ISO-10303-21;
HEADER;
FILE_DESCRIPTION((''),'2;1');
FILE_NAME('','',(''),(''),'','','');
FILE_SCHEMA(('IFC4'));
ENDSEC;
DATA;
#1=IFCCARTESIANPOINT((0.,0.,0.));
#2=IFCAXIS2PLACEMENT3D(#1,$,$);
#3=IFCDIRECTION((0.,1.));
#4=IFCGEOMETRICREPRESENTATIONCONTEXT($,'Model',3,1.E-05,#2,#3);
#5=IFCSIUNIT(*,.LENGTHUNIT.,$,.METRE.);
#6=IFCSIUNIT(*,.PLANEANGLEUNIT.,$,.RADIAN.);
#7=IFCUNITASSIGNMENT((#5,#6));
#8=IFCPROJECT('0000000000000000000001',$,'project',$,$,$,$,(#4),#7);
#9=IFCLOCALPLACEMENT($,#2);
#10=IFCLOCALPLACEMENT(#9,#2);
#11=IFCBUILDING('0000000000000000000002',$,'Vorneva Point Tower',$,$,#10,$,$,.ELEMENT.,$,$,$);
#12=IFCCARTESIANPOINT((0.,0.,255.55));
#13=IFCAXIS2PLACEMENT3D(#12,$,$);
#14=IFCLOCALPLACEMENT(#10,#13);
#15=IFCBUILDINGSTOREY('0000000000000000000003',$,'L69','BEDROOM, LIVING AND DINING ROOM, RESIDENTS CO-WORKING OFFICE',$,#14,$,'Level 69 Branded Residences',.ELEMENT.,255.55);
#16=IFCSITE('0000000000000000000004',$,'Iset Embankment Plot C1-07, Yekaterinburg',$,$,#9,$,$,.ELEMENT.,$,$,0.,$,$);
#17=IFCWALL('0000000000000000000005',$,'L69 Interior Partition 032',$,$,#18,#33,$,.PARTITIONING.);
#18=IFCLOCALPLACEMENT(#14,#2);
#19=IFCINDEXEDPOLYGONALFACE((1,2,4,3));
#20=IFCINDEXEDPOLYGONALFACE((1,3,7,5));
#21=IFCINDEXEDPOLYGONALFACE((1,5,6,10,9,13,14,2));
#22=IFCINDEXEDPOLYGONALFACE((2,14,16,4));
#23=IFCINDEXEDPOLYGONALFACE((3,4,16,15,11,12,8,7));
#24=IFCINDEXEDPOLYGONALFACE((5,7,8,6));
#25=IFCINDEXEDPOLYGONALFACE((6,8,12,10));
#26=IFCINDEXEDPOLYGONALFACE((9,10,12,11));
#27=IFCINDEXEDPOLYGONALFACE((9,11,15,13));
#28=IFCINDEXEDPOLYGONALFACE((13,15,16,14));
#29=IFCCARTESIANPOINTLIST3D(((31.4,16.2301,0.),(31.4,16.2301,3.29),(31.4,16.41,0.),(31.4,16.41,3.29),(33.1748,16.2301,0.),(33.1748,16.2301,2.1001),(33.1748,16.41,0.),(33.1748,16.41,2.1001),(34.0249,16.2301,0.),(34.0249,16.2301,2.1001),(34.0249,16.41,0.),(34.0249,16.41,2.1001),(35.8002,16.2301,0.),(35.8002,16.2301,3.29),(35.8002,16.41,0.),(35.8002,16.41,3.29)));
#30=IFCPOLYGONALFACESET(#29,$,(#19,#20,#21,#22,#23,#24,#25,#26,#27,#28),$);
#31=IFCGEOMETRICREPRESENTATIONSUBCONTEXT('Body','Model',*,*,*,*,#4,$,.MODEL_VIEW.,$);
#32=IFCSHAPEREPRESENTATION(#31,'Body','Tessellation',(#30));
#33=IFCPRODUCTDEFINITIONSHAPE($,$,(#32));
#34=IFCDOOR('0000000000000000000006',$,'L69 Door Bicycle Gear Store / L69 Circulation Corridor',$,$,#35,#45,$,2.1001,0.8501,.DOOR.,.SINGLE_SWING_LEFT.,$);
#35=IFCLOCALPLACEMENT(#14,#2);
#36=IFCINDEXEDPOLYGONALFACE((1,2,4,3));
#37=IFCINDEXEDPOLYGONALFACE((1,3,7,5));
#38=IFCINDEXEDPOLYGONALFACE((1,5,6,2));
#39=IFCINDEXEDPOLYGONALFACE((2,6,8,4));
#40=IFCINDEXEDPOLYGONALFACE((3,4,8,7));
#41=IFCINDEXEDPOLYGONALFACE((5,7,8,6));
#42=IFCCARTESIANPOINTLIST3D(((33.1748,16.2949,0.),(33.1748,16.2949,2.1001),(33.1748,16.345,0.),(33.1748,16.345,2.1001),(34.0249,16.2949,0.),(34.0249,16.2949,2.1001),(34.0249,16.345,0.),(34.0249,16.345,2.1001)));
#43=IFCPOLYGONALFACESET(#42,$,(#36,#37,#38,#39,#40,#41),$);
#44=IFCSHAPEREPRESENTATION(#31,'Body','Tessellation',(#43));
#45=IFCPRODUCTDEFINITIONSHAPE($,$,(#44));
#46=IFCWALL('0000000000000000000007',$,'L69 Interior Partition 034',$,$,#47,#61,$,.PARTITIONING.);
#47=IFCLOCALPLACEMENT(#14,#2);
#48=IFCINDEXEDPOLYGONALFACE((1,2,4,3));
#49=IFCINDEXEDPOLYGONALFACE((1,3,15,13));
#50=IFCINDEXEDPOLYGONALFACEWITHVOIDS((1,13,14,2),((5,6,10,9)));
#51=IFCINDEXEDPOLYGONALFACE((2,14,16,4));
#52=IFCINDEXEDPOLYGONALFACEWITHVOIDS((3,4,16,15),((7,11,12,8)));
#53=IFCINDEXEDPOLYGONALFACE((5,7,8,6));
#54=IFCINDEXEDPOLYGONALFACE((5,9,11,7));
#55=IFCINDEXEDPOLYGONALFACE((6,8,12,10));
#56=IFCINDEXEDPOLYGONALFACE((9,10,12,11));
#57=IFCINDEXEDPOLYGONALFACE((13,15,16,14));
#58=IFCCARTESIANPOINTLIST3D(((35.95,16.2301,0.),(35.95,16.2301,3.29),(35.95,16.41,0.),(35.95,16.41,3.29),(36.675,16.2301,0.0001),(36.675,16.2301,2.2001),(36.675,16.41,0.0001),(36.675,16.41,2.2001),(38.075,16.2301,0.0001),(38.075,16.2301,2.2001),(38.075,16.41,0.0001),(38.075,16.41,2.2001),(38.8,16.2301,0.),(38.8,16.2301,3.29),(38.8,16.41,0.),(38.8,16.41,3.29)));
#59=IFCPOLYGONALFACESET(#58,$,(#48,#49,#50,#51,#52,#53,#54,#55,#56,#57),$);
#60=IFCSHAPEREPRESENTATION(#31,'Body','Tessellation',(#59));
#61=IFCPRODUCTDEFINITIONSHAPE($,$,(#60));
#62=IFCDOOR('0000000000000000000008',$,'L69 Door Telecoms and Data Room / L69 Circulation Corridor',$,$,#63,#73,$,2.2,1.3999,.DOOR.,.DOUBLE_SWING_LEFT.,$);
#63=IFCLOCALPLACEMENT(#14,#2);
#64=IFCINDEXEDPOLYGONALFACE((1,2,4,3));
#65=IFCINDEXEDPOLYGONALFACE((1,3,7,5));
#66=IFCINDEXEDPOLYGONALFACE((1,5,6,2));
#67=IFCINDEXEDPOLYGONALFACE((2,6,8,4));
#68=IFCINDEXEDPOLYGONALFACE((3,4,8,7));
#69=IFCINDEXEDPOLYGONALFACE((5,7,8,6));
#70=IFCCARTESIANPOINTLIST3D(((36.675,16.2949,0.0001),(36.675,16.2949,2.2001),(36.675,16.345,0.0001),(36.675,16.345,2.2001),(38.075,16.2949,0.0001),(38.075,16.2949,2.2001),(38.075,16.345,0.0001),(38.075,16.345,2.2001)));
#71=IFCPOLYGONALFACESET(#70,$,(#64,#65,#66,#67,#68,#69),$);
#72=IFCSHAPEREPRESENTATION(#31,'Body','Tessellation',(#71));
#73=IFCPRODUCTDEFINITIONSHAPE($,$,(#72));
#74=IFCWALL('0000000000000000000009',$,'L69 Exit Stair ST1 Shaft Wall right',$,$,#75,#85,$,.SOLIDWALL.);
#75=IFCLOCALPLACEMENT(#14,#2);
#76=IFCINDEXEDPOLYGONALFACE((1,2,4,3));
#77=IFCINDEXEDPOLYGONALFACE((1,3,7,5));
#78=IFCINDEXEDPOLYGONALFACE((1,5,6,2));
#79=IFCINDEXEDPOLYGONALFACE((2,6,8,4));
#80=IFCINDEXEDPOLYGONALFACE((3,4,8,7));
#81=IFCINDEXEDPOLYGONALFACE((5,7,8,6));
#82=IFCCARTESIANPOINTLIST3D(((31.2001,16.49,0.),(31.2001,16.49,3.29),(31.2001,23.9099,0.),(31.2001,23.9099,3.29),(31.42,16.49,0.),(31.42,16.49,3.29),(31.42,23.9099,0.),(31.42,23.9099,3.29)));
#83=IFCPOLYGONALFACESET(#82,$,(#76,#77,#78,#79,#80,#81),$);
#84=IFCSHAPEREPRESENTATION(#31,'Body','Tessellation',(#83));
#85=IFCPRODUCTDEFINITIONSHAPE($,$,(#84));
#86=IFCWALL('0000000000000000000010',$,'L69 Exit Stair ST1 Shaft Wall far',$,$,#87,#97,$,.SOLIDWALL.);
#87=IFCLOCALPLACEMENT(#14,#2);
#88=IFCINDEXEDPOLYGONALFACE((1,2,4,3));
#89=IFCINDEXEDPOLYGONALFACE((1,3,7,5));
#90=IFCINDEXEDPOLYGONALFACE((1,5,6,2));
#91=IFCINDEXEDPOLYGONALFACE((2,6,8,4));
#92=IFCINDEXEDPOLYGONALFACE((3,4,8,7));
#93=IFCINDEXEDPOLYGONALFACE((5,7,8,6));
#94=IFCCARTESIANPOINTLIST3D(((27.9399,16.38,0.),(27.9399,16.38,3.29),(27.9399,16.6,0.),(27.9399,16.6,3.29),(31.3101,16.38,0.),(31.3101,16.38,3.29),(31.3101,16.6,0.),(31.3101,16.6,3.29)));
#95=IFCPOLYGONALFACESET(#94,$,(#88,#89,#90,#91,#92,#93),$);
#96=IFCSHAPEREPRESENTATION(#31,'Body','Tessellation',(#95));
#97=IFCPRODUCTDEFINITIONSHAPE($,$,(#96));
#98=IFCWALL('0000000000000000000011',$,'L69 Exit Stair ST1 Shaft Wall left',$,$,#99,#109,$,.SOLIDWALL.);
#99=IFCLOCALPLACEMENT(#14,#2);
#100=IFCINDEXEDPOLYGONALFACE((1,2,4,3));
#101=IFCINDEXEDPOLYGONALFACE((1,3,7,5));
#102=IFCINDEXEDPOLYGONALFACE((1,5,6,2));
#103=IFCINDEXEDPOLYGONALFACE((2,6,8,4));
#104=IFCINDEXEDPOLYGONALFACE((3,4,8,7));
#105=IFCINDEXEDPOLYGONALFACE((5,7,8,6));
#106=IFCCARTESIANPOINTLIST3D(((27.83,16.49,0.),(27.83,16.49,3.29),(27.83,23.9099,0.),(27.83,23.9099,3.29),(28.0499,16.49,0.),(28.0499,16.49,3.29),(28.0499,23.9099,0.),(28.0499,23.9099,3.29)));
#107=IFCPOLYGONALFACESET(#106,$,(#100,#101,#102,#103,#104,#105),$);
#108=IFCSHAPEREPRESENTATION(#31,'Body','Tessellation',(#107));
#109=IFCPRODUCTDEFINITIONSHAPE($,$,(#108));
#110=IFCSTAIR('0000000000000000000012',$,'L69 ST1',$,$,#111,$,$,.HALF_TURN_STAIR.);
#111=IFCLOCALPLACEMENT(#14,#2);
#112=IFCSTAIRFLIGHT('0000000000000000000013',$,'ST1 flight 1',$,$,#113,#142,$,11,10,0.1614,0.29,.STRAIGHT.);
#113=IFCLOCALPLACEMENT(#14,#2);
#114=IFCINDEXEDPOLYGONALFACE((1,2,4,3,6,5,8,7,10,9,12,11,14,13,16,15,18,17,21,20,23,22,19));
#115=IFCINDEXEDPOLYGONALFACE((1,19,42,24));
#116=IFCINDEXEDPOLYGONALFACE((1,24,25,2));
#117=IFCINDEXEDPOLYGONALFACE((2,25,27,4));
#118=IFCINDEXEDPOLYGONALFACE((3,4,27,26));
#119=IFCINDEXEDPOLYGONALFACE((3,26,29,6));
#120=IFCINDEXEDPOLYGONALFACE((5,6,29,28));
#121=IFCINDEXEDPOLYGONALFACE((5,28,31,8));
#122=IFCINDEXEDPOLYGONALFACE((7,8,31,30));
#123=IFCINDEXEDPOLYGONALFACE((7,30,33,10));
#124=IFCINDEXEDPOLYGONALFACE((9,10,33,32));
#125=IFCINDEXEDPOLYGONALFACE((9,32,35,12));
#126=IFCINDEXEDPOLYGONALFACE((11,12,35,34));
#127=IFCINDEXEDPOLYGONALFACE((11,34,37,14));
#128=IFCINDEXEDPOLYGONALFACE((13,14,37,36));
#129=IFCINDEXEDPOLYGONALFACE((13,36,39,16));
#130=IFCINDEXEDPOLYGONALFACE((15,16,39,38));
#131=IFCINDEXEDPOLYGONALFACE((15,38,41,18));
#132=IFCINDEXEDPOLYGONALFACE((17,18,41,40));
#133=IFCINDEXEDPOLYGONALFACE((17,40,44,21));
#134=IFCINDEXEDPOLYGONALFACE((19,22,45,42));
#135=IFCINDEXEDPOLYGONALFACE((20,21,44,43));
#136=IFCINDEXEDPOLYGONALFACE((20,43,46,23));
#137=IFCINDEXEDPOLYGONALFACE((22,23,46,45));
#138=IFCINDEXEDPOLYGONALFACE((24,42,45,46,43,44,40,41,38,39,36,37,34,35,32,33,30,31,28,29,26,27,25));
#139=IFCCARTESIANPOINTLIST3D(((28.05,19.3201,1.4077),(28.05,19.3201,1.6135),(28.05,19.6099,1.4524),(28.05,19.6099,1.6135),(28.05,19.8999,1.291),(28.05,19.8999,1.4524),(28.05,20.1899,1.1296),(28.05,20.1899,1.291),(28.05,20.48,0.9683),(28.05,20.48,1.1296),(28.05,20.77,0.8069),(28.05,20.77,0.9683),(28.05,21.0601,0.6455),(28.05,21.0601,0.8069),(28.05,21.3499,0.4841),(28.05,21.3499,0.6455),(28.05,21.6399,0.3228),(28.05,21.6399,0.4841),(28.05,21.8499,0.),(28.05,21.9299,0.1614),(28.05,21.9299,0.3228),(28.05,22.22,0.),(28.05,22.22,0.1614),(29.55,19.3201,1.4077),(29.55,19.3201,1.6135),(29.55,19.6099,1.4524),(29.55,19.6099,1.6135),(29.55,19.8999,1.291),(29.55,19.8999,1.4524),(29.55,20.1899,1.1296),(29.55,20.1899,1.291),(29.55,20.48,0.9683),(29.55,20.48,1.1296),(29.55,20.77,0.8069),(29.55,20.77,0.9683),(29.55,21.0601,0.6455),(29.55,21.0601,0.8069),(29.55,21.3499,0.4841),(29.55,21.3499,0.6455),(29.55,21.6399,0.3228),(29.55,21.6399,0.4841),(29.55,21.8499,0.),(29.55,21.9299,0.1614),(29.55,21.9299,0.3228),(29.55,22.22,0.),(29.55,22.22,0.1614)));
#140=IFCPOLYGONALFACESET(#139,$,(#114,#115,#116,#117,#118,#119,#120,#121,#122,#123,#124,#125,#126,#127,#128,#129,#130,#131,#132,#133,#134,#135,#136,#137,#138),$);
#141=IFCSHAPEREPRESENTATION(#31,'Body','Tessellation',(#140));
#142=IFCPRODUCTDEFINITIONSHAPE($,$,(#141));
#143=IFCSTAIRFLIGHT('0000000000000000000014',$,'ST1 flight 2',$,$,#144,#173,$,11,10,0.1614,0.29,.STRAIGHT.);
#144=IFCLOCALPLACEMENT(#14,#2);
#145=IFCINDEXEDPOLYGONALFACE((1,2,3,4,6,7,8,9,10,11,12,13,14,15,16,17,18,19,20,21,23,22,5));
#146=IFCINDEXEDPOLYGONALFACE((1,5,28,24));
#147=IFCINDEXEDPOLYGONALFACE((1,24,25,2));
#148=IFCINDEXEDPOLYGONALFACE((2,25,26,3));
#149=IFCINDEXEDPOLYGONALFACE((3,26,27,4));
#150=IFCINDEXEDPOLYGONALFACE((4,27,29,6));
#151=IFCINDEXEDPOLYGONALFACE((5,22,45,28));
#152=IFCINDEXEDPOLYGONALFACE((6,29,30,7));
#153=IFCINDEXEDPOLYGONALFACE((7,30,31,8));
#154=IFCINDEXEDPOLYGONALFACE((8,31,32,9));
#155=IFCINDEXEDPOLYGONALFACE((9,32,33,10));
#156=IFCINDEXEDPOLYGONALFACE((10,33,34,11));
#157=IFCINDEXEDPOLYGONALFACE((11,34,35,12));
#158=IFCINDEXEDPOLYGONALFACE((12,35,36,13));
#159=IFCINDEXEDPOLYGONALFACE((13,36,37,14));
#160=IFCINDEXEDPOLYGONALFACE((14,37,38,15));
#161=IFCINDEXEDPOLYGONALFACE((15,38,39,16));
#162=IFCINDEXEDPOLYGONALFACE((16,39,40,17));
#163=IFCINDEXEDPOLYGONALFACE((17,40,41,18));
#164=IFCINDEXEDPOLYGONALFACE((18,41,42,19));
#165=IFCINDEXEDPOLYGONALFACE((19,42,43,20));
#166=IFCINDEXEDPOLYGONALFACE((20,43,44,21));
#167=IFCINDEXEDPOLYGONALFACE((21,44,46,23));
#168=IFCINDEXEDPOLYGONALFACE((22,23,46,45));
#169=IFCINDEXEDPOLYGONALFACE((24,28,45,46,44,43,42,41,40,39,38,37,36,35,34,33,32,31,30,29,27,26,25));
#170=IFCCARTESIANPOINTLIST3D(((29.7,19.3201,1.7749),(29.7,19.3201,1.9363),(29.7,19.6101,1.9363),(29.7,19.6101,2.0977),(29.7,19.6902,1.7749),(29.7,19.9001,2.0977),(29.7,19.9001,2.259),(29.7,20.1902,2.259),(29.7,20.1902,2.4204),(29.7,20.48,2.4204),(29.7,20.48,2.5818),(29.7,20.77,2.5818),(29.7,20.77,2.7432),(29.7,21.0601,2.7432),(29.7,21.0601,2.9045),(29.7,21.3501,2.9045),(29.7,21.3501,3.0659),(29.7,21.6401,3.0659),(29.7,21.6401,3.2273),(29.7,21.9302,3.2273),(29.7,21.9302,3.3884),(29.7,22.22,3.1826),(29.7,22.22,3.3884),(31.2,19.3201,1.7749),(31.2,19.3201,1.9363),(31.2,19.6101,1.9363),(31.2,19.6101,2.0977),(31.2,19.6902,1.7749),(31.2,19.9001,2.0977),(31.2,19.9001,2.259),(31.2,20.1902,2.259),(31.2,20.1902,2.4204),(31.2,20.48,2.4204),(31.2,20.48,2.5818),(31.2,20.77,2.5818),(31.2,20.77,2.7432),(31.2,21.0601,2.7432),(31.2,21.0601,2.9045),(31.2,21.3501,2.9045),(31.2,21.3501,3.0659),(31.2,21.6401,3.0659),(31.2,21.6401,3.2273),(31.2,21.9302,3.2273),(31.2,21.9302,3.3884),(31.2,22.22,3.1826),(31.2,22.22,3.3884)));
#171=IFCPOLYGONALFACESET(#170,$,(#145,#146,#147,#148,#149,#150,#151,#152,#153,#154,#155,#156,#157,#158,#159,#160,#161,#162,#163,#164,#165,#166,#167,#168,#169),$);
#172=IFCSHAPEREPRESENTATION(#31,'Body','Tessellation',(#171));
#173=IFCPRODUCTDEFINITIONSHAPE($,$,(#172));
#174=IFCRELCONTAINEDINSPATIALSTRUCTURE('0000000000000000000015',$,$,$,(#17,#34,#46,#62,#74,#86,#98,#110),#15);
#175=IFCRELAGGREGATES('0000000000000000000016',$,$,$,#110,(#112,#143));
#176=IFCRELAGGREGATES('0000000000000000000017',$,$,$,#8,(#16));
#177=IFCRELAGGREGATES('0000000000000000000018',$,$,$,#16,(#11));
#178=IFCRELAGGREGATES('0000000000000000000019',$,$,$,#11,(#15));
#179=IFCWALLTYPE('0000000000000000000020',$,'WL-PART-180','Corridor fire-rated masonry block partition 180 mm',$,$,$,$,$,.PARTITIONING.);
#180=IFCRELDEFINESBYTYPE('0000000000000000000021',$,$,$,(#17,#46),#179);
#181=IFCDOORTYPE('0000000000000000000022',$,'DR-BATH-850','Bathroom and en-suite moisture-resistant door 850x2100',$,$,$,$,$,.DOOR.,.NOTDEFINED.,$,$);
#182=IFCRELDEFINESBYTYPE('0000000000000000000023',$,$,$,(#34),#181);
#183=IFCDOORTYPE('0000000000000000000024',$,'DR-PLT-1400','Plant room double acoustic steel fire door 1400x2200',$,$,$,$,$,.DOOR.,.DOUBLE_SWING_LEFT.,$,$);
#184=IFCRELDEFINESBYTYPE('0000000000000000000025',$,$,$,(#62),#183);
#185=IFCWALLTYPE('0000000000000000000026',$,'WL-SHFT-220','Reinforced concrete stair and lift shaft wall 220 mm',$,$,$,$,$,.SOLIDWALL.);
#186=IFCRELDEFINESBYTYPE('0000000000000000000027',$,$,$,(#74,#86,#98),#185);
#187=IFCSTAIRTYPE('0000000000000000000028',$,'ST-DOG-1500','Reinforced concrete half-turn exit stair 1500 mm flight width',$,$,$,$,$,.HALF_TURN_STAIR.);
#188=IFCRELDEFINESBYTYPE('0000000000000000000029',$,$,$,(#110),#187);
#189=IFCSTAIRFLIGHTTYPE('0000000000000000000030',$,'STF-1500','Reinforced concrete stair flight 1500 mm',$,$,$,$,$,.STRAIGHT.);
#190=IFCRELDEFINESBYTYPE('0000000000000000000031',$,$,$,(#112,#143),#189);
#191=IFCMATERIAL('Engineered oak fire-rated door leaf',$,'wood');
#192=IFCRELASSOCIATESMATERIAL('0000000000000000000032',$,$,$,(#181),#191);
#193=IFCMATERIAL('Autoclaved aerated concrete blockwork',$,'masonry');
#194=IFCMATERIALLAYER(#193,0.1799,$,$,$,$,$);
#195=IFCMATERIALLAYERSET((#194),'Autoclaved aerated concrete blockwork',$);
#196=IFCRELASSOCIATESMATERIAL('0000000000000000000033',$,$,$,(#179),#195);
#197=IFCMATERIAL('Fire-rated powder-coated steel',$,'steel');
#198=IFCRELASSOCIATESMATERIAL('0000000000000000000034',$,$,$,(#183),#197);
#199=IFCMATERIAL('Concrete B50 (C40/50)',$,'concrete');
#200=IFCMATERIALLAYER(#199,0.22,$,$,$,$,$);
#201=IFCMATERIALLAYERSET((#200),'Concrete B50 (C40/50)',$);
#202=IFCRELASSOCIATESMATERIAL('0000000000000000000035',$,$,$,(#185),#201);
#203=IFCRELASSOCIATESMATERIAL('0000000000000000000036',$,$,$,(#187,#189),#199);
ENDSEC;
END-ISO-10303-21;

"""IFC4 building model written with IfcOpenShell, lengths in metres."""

from ifc_helpers import new_model, si_unit, direction, frame, frame_2d, origin, place, context, subcontext, project, spatial, polyline, rectangle, outline, extrude, material, layer, layer_set, type_object, element, fill, aggregate, save


model = new_model("IFC4")

# Units and contexts
model_context = context("Model", 3, precision=1e-05, world=origin(), true_north=direction((0.0, 1.0)))
body_context = subcontext(model_context, "Body", "Model", "MODEL_VIEW")
ifc_project = project(units=[si_unit("LENGTHUNIT", "METRE"), si_unit("PLANEANGLEUNIT", "RADIAN")], contexts=[model_context])

# Site, building, storey
site_placement = place(None, origin())
site = spatial("IfcSite", under=ifc_project, at=site_placement, Name="Iset Embankment Plot C1-07, Yekaterinburg", CompositionType="ELEMENT", RefElevation=0.0)
building_placement = place(site_placement, origin())
building = spatial("IfcBuilding", under=site, at=building_placement, Name="Vorneva Point Tower", CompositionType="ELEMENT")
storey_placement = place(building_placement, frame((0.0, 0.0, 255.55)))
storey = spatial("IfcBuildingStorey", under=building, at=storey_placement, Name="L69", Description="BEDROOM, LIVING AND DINING ROOM, RESIDENTS CO-WORKING OFFICE", LongName="Level 69 Branded Residences", CompositionType="ELEMENT", Elevation=255.55)

# Shared definitions
ifc_material_1 = material(Name="Concrete B50 (C40/50)", Category="concrete")

# Shared definitions
ifc_material_2 = material(Name="Engineered oak fire-rated door leaf", Category="wood")
door_type_1 = type_object("IfcDoorType", Name="DR-BATH-850", Description="Bathroom and en-suite moisture-resistant door 850x2100", OperationType="NOTDEFINED", PredefinedType="DOOR", material=ifc_material_2)

# Shared definitions
ifc_material_3 = material(Name="Autoclaved aerated concrete blockwork", Category="masonry")
ifc_layer_1 = layer(ifc_material_3, 0.1799)
ifc_layer_set_1 = layer_set([ifc_layer_1], Name="Autoclaved aerated concrete blockwork")
wall_type_1 = type_object("IfcWallType", Name="WL-PART-180", Description="Corridor fire-rated masonry block partition 180 mm", PredefinedType="PARTITIONING", material=ifc_layer_set_1)
ifc_material_4 = material(Name="Fire-rated powder-coated steel", Category="steel")

# Walls, openings, doors
wall_1_placement = place(storey_placement, frame((31.3999, 16.3201, 0.0), z_axis=(0.0, 0.0, 1.0), x_axis=(1.0, 0.0, 0.0)))
wall_1 = element("IfcWall", 1, at=wall_1_placement, inside=storey, type_object=wall_type_1, Name="L69 Interior Partition 032", PredefinedType="PARTITIONING", context=body_context, shape_type="SweptSolid", body=[
    extrude(rectangle(XDim=4.4001, YDim=0.1799, at=frame_2d((2.2002, 0.0))), origin(), (0.0, 0.0, 1.0), 3.29),
])
opening_1_placement = place(wall_1_placement, frame((1.7749, 0.0, 0.0)))
opening_1 = element("IfcOpeningElement", 2, at=opening_1_placement, cuts=wall_1, PredefinedType="OPENING", context=body_context, shape_type="SweptSolid", body=[
    extrude(rectangle(XDim=0.8501, YDim=2.1001, at=frame_2d((0.425, 1.05))), frame((0.0, 0.105, 0.0), z_axis=(0.0, -1.0, 0.0), x_axis=(1.0, 0.0, 0.0)), (0.0, 0.0, 1.0), 0.2097),
])
door_1_placement = place(opening_1_placement, origin())
door_1 = element("IfcDoor", 3, at=door_1_placement, inside=storey, type_object=door_type_1, Name="L69 Door Bicycle Gear Store / L69 Circulation Corridor", OperationType="SINGLE_SWING_LEFT", OverallHeight=2.1001, OverallWidth=0.8501, PredefinedType="DOOR", context=body_context, shape_type="SweptSolid", body=[
    extrude(rectangle(XDim=0.8501, YDim=2.1001, at=frame_2d((0.425, 1.05))), frame((0.0, 0.0249, 0.0), z_axis=(0.0, -1.0, 0.0), x_axis=(1.0, 0.0, 0.0)), (0.0, 0.0, 1.0), 0.05),
])
fill(opening_1, door_1)
wall_2_placement = place(storey_placement, frame((35.95, 16.3201, 0.0), z_axis=(0.0, 0.0, 1.0), x_axis=(1.0, 0.0, 0.0)))
wall_2 = element("IfcWall", 4, at=wall_2_placement, inside=storey, type_object=wall_type_1, Name="L69 Interior Partition 034", PredefinedType="PARTITIONING", context=body_context, shape_type="SweptSolid", body=[
    extrude(rectangle(XDim=2.8501, YDim=0.1799, at=frame_2d((1.425, 0.0))), origin(), (0.0, 0.0, 1.0), 3.29),
])
opening_2_placement = place(wall_2_placement, frame((0.7251, 0.0, 0.0)))
opening_2 = element("IfcOpeningElement", 5, at=opening_2_placement, cuts=wall_2, PredefinedType="OPENING", context=body_context, shape_type="SweptSolid", body=[
    extrude(rectangle(XDim=1.3999, YDim=2.2, at=frame_2d((0.7, 1.1001))), frame((0.0, 0.105, 0.0), z_axis=(0.0, -1.0, 0.0), x_axis=(1.0, 0.0, 0.0)), (0.0, 0.0, 1.0), 0.2097),
])
door_type_2 = type_object("IfcDoorType", Name="DR-PLT-1400", Description="Plant room double acoustic steel fire door 1400x2200", OperationType="DOUBLE_SWING_LEFT", PredefinedType="DOOR", material=ifc_material_4)
door_2_placement = place(opening_2_placement, origin())
door_2 = element("IfcDoor", 6, at=door_2_placement, inside=storey, type_object=door_type_2, Name="L69 Door Telecoms and Data Room / L69 Circulation Corridor", OperationType="DOUBLE_SWING_LEFT", OverallHeight=2.2, OverallWidth=1.3999, PredefinedType="DOOR", context=body_context, shape_type="SweptSolid", body=[
    extrude(rectangle(XDim=1.3999, YDim=2.2, at=frame_2d((0.7, 1.1001))), frame((0.0, 0.0249, 0.0), z_axis=(0.0, -1.0, 0.0), x_axis=(1.0, 0.0, 0.0)), (0.0, 0.0, 1.0), 0.05),
])
fill(opening_2, door_2)
ifc_layer_2 = layer(ifc_material_1, 0.22)
ifc_layer_set_2 = layer_set([ifc_layer_2], Name="Concrete B50 (C40/50)")
wall_type_2 = type_object("IfcWallType", Name="WL-SHFT-220", Description="Reinforced concrete stair and lift shaft wall 220 mm", PredefinedType="SOLIDWALL", material=ifc_layer_set_2)

# Walls
wall_3_placement = place(storey_placement, frame((31.3101, 23.9099, 0.0), z_axis=(0.0, 0.0, 1.0), x_axis=(0.0, -1.0, 0.0)))
element("IfcWall", 7, at=wall_3_placement, inside=storey, type_object=wall_type_2, Name="L69 Exit Stair ST1 Shaft Wall right", PredefinedType="SOLIDWALL", context=body_context, shape_type="SweptSolid", body=[
    extrude(rectangle(XDim=7.4199, YDim=0.22, at=frame_2d((3.71, 0.0))), origin(), (0.0, 0.0, 1.0), 3.29),
])
wall_4_placement = place(storey_placement, frame((31.3101, 16.49, 0.0), z_axis=(0.0, 0.0, 1.0), x_axis=(-1.0, 0.0, 0.0)))
element("IfcWall", 8, at=wall_4_placement, inside=storey, type_object=wall_type_2, Name="L69 Exit Stair ST1 Shaft Wall far", PredefinedType="SOLIDWALL", context=body_context, shape_type="SweptSolid", body=[
    extrude(rectangle(XDim=3.3701, YDim=0.22, at=frame_2d((1.6851, 0.0))), origin(), (0.0, 0.0, 1.0), 3.29),
])
wall_5_placement = place(storey_placement, frame((27.9399, 16.49, 0.0), z_axis=(0.0, 0.0, 1.0), x_axis=(0.0, 1.0, 0.0)))
element("IfcWall", 9, at=wall_5_placement, inside=storey, type_object=wall_type_2, Name="L69 Exit Stair ST1 Shaft Wall left", PredefinedType="SOLIDWALL", context=body_context, shape_type="SweptSolid", body=[
    extrude(rectangle(XDim=7.4199, YDim=0.22, at=frame_2d((3.71, 0.0))), origin(), (0.0, 0.0, 1.0), 3.29),
])

# Stair, stair flights
stair_type = type_object("IfcStairType", Name="ST-DOG-1500", Description="Reinforced concrete half-turn exit stair 1500 mm flight width", PredefinedType="HALF_TURN_STAIR", material=ifc_material_1)
stair_placement = place(storey_placement, origin())
stair = element("IfcStair", 10, at=stair_placement, inside=storey, type_object=stair_type, Name="L69 ST1", PredefinedType="HALF_TURN_STAIR")
stair_flight_type = type_object("IfcStairFlightType", Name="STF-1500", Description="Reinforced concrete stair flight 1500 mm", PredefinedType="STRAIGHT", material=ifc_material_1)
stair_flight_1_placement = place(storey_placement, frame((28.8, 22.22, 0.0), z_axis=(0.0, 0.0, 1.0), x_axis=(0.0, -1.0, 0.0)))
stair_flight_1 = element("IfcStairFlight", 11, at=stair_flight_1_placement, type_object=stair_flight_type, Name="ST1 flight 1", NumberOfRisers=11, NumberOfTreads=10, PredefinedType="STRAIGHT", RiserHeight=0.1614, TreadLength=0.29, context=body_context, shape_type="SweptSolid", body=[
    extrude(outline(polyline([(0.0, 0.0), (0.0, 0.1614), (0.29, 0.1614), (0.29, 0.3228), (0.5801, 0.3228), (0.5801, 0.4841), (0.8701, 0.4841), (0.8701, 0.6455), (1.1599, 0.6455), (1.1599, 0.8069), (1.45, 0.8069), (1.45, 0.9683), (1.74, 0.9683), (1.74, 1.1296), (2.03, 1.1296), (2.03, 1.291), (2.3201, 1.291), (2.3201, 1.4524), (2.6101, 1.4524), (2.6101, 1.6135), (2.8999, 1.6135), (2.8999, 1.7749), (2.8999, 1.4077), (0.3701, 0.0), (0.0, 0.0)])), frame((0.0, 0.75, 0.0), z_axis=(0.0, -1.0, 0.0), x_axis=(1.0, 0.0, 0.0)), (0.0, 0.0, 1.0), 1.5),
])
stair_flight_2_placement = place(storey_placement, frame((30.45, 19.3201, 1.7749), z_axis=(0.0, 0.0, 1.0), x_axis=(0.0, 1.0, 0.0)))
stair_flight_2 = element("IfcStairFlight", 12, at=stair_flight_2_placement, type_object=stair_flight_type, Name="ST1 flight 2", NumberOfRisers=11, NumberOfTreads=10, PredefinedType="STRAIGHT", RiserHeight=0.1614, TreadLength=0.29, context=body_context, shape_type="SweptSolid", body=[
    extrude(outline(polyline([(0.0, 0.0), (0.0, 0.1614), (0.29, 0.1614), (0.29, 0.3228), (0.5801, 0.3228), (0.5801, 0.4841), (0.8701, 0.4841), (0.8701, 0.6455), (1.1599, 0.6455), (1.1599, 0.8069), (1.45, 0.8069), (1.45, 0.9683), (1.74, 0.9683), (1.74, 1.1296), (2.03, 1.1296), (2.03, 1.291), (2.3201, 1.291), (2.3201, 1.4524), (2.6101, 1.4524), (2.6101, 1.6135), (2.8999, 1.6135), (2.8999, 1.7749), (2.8999, 1.4077), (0.3701, 0.0), (0.0, 0.0)])), frame((0.0, 0.75, 0.0), z_axis=(0.0, -1.0, 0.0), x_axis=(1.0, 0.0, 0.0)), (0.0, 0.0, 1.0), 1.5),
])
aggregate(stair, [stair_flight_1, stair_flight_2])

save(model, "model.ifc")
